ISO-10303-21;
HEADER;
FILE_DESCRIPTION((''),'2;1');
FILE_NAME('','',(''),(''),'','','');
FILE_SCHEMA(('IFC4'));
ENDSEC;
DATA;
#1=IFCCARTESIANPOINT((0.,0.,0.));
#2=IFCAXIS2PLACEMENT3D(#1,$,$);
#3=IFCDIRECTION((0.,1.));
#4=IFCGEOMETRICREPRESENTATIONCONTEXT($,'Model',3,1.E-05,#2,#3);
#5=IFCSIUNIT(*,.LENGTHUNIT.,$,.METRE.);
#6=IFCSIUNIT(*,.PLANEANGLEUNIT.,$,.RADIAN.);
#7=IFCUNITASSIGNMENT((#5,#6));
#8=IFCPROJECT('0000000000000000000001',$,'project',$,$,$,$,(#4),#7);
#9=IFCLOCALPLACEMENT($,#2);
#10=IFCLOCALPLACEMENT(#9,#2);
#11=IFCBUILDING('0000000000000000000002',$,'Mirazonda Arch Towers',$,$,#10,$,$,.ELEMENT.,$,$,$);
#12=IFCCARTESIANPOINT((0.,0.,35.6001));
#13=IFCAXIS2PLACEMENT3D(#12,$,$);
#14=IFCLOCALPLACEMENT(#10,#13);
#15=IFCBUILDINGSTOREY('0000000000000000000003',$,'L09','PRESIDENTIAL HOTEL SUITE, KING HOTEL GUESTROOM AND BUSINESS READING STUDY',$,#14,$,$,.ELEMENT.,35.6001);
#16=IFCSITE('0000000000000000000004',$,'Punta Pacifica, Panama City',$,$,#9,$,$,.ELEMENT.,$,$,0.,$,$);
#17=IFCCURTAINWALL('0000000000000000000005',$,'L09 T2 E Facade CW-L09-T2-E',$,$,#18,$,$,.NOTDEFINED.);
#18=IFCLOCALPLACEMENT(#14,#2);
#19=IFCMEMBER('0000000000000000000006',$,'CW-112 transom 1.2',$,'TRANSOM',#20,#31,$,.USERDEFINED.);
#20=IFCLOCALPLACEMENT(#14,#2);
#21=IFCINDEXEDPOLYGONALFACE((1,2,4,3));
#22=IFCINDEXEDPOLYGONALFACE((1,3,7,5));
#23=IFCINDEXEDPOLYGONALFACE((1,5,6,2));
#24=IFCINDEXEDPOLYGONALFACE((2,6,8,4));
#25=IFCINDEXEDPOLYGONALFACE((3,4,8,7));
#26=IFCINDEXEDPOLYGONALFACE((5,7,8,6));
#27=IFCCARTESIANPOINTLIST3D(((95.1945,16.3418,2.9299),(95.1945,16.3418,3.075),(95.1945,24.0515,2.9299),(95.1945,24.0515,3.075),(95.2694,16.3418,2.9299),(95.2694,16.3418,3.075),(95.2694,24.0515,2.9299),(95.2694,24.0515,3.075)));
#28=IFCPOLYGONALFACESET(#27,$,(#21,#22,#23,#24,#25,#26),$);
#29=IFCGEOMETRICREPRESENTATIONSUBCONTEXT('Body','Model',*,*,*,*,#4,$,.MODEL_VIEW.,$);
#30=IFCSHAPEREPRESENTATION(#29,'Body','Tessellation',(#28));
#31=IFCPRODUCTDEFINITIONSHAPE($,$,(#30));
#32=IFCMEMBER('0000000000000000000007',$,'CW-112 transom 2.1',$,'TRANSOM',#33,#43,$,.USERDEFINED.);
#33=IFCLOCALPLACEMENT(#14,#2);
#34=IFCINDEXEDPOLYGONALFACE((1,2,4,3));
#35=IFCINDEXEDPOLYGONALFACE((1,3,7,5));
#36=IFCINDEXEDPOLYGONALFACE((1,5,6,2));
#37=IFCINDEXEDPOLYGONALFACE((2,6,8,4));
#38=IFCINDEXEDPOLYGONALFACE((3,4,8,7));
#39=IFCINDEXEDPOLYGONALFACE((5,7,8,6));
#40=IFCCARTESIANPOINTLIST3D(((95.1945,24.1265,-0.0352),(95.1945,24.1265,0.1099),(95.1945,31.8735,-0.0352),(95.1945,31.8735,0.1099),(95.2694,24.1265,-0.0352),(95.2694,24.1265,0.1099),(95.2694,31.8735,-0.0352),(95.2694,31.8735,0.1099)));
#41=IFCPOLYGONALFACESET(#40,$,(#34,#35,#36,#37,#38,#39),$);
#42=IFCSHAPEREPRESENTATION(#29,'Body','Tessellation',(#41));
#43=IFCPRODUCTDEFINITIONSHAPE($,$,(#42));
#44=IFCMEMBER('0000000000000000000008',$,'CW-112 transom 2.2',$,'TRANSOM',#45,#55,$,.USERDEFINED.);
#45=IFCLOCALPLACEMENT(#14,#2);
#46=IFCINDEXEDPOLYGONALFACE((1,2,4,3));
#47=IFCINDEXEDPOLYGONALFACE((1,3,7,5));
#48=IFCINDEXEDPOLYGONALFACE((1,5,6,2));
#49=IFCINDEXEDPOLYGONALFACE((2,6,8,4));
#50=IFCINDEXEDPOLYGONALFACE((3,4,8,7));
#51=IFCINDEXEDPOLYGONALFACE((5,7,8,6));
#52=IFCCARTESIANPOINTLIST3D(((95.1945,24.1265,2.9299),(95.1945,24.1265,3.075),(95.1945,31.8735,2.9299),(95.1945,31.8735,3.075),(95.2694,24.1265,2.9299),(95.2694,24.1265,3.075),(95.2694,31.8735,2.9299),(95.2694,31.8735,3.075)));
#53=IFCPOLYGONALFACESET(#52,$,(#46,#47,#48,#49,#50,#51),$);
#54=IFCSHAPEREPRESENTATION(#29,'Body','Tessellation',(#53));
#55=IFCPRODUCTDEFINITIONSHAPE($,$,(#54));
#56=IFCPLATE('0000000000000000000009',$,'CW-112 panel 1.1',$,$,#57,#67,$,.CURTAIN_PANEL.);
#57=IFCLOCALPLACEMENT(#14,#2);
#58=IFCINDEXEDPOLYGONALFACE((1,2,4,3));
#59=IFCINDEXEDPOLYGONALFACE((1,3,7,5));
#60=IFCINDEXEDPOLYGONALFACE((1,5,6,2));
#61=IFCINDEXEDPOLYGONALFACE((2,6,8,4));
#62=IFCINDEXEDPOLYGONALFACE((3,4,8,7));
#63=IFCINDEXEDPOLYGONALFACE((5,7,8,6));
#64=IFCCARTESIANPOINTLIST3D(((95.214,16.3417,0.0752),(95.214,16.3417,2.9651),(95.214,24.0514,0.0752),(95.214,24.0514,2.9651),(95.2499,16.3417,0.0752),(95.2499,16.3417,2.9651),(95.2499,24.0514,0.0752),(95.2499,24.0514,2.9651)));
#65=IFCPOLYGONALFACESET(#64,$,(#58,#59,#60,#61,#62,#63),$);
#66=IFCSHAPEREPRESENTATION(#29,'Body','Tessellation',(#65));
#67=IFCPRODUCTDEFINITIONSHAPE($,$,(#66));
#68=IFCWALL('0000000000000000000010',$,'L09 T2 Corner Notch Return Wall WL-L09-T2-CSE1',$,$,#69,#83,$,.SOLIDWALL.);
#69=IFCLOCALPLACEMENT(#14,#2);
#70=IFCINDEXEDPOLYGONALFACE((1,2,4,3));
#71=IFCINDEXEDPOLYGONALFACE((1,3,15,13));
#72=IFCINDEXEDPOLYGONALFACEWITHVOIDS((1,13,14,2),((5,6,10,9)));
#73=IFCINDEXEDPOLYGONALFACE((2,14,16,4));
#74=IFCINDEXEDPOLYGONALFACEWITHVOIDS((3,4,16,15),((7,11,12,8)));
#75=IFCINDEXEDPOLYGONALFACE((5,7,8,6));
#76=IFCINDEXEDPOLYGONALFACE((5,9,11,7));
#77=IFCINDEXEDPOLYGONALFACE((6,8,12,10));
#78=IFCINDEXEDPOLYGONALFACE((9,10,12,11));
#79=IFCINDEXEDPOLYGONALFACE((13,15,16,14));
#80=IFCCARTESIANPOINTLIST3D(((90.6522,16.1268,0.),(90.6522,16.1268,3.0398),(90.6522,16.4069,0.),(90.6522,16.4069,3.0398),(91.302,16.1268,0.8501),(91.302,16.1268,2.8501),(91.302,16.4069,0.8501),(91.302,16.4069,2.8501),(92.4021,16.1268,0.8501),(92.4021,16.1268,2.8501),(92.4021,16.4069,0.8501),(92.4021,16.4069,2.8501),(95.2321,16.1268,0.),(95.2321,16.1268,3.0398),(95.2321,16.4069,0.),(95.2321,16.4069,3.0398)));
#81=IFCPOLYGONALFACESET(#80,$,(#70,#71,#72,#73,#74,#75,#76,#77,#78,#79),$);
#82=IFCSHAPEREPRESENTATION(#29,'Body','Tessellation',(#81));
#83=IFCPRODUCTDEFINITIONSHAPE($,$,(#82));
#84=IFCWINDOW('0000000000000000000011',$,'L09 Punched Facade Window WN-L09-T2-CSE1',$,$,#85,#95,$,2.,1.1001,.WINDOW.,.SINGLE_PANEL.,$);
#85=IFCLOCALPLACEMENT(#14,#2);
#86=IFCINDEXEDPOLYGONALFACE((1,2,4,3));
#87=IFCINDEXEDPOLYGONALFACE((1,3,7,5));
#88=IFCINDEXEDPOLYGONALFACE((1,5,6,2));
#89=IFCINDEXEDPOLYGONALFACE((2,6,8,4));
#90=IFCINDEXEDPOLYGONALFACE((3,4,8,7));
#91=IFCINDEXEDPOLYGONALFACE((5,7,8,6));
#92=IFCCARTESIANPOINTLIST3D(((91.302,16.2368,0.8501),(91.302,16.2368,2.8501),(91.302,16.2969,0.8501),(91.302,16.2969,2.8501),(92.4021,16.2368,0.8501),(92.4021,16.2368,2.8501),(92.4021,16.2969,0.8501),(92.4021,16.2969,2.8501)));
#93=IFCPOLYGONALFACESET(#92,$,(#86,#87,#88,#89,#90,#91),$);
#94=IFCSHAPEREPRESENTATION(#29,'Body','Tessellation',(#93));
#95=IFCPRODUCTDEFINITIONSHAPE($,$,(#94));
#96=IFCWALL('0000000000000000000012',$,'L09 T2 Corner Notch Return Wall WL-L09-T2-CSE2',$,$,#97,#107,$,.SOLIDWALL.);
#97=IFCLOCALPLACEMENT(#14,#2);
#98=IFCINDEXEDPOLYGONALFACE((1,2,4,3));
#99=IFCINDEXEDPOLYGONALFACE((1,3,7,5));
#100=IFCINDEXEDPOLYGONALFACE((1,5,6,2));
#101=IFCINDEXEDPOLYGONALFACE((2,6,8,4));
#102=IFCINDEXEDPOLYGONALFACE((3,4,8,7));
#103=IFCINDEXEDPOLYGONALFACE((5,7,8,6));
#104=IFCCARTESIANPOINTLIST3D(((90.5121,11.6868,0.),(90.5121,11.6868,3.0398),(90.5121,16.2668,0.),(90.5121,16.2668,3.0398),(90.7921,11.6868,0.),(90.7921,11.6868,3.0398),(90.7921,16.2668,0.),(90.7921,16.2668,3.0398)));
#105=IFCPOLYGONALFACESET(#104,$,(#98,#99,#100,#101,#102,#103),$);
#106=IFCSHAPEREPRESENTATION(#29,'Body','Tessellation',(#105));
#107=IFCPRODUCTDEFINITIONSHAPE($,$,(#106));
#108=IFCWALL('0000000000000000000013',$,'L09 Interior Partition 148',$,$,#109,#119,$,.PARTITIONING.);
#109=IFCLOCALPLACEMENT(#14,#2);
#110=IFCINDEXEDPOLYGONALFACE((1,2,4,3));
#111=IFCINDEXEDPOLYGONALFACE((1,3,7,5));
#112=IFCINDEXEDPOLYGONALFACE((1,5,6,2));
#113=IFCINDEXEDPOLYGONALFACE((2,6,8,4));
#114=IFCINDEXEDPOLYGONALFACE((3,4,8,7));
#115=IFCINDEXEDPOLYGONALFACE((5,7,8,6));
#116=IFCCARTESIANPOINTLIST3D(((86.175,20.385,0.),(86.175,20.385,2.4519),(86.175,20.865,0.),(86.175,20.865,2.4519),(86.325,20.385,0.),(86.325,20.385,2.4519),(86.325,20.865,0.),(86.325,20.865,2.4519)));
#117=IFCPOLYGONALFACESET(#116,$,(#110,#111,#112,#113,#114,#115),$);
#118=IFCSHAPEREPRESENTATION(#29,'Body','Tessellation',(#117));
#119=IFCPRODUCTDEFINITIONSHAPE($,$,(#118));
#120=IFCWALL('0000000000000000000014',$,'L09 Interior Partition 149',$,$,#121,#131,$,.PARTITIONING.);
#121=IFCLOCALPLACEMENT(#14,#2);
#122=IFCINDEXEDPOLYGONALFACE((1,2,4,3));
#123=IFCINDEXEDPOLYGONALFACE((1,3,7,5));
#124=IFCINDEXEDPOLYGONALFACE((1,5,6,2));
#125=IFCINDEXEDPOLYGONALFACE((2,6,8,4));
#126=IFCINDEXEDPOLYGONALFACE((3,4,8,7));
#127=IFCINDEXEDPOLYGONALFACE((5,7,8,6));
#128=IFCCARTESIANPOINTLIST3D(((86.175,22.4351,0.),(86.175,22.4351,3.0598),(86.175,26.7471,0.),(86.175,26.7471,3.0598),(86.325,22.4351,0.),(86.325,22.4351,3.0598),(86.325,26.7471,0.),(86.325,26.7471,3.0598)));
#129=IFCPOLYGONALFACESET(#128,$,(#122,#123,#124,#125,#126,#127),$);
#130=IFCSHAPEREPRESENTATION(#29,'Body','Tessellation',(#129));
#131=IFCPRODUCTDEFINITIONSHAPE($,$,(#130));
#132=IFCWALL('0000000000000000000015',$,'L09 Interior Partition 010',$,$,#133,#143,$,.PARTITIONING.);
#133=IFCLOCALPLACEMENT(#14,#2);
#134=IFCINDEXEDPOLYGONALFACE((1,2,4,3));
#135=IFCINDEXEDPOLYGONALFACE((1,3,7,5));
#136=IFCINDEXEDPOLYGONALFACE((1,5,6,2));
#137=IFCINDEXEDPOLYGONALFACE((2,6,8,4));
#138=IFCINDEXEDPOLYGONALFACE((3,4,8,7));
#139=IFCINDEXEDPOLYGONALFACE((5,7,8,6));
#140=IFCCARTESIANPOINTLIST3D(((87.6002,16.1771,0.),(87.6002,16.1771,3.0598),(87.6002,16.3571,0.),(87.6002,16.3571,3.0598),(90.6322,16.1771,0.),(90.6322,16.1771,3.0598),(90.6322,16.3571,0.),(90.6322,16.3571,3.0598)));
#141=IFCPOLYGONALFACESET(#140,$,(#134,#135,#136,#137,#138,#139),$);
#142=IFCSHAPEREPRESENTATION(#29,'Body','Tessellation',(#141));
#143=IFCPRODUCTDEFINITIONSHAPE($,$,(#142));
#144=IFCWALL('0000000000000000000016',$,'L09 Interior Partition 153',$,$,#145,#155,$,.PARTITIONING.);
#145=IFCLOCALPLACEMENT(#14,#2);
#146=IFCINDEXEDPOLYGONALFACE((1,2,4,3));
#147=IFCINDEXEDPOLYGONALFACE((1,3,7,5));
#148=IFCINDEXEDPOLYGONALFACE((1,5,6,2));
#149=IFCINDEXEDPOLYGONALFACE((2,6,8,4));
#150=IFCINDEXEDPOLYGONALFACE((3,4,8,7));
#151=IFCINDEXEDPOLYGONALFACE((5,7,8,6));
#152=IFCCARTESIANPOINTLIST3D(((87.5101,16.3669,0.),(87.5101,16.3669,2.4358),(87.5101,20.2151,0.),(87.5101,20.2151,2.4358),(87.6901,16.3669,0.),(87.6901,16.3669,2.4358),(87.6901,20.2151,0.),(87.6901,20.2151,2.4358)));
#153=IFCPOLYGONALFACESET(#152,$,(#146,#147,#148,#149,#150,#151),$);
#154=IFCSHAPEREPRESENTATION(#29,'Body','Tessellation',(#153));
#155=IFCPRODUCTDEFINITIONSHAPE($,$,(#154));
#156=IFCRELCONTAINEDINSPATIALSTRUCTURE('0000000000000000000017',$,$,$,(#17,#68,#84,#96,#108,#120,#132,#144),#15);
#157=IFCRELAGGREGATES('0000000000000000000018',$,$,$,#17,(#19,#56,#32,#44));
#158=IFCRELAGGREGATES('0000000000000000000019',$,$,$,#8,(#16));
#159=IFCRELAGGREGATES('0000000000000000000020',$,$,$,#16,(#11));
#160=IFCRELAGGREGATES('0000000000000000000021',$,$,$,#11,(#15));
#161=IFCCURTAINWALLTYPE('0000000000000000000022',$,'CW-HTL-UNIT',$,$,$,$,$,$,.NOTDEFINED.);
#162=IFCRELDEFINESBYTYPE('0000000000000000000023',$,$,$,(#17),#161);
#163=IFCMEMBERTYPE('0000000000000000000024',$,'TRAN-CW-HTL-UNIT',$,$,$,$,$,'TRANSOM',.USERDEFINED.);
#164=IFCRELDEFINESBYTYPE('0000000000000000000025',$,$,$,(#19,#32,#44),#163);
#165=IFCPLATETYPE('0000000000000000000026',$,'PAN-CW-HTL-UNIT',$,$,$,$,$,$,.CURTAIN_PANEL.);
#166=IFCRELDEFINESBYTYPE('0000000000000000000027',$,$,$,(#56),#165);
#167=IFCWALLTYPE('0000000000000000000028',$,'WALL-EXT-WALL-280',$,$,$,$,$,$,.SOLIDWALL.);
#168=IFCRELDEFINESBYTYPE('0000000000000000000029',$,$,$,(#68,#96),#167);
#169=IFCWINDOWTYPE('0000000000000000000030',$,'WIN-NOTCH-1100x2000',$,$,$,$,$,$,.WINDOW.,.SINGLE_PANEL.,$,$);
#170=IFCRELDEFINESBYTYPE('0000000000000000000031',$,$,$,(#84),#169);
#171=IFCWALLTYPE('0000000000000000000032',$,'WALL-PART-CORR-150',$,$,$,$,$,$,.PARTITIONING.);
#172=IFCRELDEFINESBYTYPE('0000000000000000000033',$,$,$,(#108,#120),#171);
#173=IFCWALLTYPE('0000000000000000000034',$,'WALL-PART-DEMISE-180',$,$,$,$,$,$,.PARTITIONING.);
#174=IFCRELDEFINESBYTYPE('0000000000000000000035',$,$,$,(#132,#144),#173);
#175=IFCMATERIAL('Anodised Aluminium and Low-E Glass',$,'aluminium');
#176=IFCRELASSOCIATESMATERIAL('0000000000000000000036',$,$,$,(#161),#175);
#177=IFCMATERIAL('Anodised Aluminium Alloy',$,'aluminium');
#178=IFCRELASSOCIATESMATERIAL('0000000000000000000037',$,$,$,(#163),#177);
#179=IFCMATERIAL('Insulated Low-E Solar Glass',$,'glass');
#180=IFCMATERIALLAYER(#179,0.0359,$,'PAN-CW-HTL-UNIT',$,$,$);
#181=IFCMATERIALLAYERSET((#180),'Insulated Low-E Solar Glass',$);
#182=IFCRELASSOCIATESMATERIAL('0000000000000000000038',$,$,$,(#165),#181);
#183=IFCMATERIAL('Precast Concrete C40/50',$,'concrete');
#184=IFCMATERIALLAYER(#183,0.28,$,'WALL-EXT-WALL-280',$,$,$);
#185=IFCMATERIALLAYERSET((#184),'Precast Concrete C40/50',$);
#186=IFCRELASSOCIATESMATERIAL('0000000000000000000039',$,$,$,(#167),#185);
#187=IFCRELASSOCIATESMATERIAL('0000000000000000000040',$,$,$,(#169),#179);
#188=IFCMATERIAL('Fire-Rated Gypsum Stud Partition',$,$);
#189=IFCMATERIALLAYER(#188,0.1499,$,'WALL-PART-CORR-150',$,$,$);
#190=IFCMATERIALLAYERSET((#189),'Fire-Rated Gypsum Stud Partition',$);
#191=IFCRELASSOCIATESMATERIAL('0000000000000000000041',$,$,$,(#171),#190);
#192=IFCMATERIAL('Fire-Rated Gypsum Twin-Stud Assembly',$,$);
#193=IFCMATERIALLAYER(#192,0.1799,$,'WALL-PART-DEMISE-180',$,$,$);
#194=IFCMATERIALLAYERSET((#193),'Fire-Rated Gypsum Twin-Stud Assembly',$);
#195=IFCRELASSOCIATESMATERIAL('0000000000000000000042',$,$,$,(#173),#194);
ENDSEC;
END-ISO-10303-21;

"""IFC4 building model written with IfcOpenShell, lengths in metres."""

from ifc_helpers import new_model, si_unit, direction, frame, frame_2d, origin, origin_2d, place, context, subcontext, project, spatial, rectangle, extrude, material, layer, layer_set, material_profile, profile_set, type_object, element, fill, aggregate, save


model = new_model("IFC4")

# Units and contexts
model_context = context("Model", 3, precision=1e-05, world=origin(), true_north=direction((0.0, 1.0)))
body_context = subcontext(model_context, "Body", "Model", "MODEL_VIEW")
ifc_project = project(units=[si_unit("LENGTHUNIT", "METRE"), si_unit("PLANEANGLEUNIT", "RADIAN")], contexts=[model_context])

# Site, building, storey
site_placement = place(None, origin())
site = spatial("IfcSite", under=ifc_project, at=site_placement, Name="Punta Pacifica, Panama City", CompositionType="ELEMENT", RefElevation=0.0)
building_placement = place(site_placement, origin())
building = spatial("IfcBuilding", under=site, at=building_placement, Name="Mirazonda Arch Towers", CompositionType="ELEMENT")
storey_placement = place(building_placement, frame((0.0, 0.0, 35.6001)))
storey = spatial("IfcBuildingStorey", under=building, at=storey_placement, Name="L09", Description="PRESIDENTIAL HOTEL SUITE, KING HOTEL GUESTROOM AND BUSINESS READING STUDY", CompositionType="ELEMENT", Elevation=35.6001)

# Shared definitions
ifc_material_1 = material(Name="Anodised Aluminium and Low-E Glass", Category="aluminium")
curtain_wall_type = type_object("IfcCurtainWallType", Name="CW-HTL-UNIT", PredefinedType="NOTDEFINED", material=ifc_material_1)
ifc_material_2 = material(Name="Anodised Aluminium Alloy", Category="aluminium")

# Curtain wall
curtain_wall_1_placement = place(storey_placement, origin())
curtain_wall_1 = element("IfcCurtainWall", 1, at=curtain_wall_1_placement, inside=storey, type_object=curtain_wall_type, Name="L09 T2 E Facade CW-L09-T2-E", PredefinedType="NOTDEFINED")

# Members
ifc_material_profile_1 = material_profile(ifc_material_2, rectangle(XDim=0.075, YDim=0.145, at=origin_2d()), Name="ALU-TRAN-75x145")
ifc_profile_set_1 = profile_set([ifc_material_profile_1], Name="Anodised Aluminium Alloy")
member_type_1 = type_object("IfcMemberType", Name="TRAN-CW-HTL-UNIT", ElementType="TRANSOM", PredefinedType="USERDEFINED", material=ifc_profile_set_1)
member_1_placement = place(storey_placement, frame((95.2319, 16.3418, 3.0024), z_axis=(0.0, 1.0, 0.0), x_axis=(-1.0, 0.0, 0.0)))
member_1 = element("IfcMember", 2, at=member_1_placement, type_object=member_type_1, Name="CW-112 transom 1.2", ObjectType="TRANSOM", PredefinedType="USERDEFINED", context=body_context, shape_type="SweptSolid", body=[
    extrude(rectangle(XDim=0.075, YDim=0.145, at=origin_2d()), origin(), (0.0, 0.0, 1.0), 7.7097),
])
member_2_placement = place(storey_placement, frame((95.2319, 24.1265, 0.0374), z_axis=(0.0, 1.0, 0.0), x_axis=(-1.0, 0.0, 0.0)))
member_2 = element("IfcMember", 3, at=member_2_placement, type_object=member_type_1, Name="CW-112 transom 2.1", ObjectType="TRANSOM", PredefinedType="USERDEFINED", context=body_context, shape_type="SweptSolid", body=[
    extrude(rectangle(XDim=0.075, YDim=0.145, at=origin_2d()), origin(), (0.0, 0.0, 1.0), 7.7471),
])
member_3_placement = place(storey_placement, frame((95.2319, 24.1265, 3.0024), z_axis=(0.0, 1.0, 0.0), x_axis=(-1.0, 0.0, 0.0)))
member_3 = element("IfcMember", 4, at=member_3_placement, type_object=member_type_1, Name="CW-112 transom 2.2", ObjectType="TRANSOM", PredefinedType="USERDEFINED", context=body_context, shape_type="SweptSolid", body=[
    extrude(rectangle(XDim=0.075, YDim=0.145, at=origin_2d()), origin(), (0.0, 0.0, 1.0), 7.7471),
])

# Plate
ifc_material_3 = material(Name="Insulated Low-E Solar Glass", Category="glass")
ifc_layer_1 = layer(ifc_material_3, 0.0359, Name="PAN-CW-HTL-UNIT")
ifc_layer_set_1 = layer_set([ifc_layer_1], Name="Insulated Low-E Solar Glass")
plate_type = type_object("IfcPlateType", Name="PAN-CW-HTL-UNIT", PredefinedType="CURTAIN_PANEL", material=ifc_layer_set_1)
plate_placement = place(storey_placement, frame((95.2319, 20.1965, 0.0752), z_axis=(0.0, 0.0, 1.0), x_axis=(0.0, 1.0, 0.0)))
plate = element("IfcPlate", 5, at=plate_placement, type_object=plate_type, Name="CW-112 panel 1.1", PredefinedType="CURTAIN_PANEL", context=body_context, shape_type="SweptSolid", body=[
    extrude(rectangle(XDim=7.7097, YDim=0.0359, at=origin_2d()), origin(), (0.0, 0.0, 1.0), 2.8899),
])
aggregate(curtain_wall_1, [member_1, plate, member_2, member_3])

# Wall, opening, window
ifc_material_4 = material(Name="Precast Concrete C40/50", Category="concrete")
ifc_layer_2 = layer(ifc_material_4, 0.28, Name="WALL-EXT-WALL-280")
ifc_layer_set_2 = layer_set([ifc_layer_2], Name="Precast Concrete C40/50")
wall_type_1 = type_object("IfcWallType", Name="WALL-EXT-WALL-280", PredefinedType="SOLIDWALL", material=ifc_layer_set_2)
wall_1_placement = place(storey_placement, frame((90.6521, 16.2668, 0.0), z_axis=(0.0, 0.0, 1.0), x_axis=(1.0, 0.0, 0.0)))
wall_1 = element("IfcWall", 6, at=wall_1_placement, inside=storey, type_object=wall_type_1, Name="L09 T2 Corner Notch Return Wall WL-L09-T2-CSE1", PredefinedType="SOLIDWALL", context=body_context, shape_type="SweptSolid", body=[
    extrude(rectangle(XDim=4.5798, YDim=0.28, at=frame_2d((2.29, 0.0))), origin(), (0.0, 0.0, 1.0), 3.0398),
])
opening_1_placement = place(wall_1_placement, frame((0.6499, 0.0, 0.8501)))
opening_1 = element("IfcOpeningElement", 7, at=opening_1_placement, cuts=wall_1, PredefinedType="OPENING", context=body_context, shape_type="SweptSolid", body=[
    extrude(rectangle(XDim=1.1001, YDim=2.0, at=frame_2d((0.55, 1.0))), frame((0.0, 0.1499, 0.0), z_axis=(0.0, -1.0, 0.0), x_axis=(1.0, 0.0, 0.0)), (0.0, 0.0, 1.0), 0.3),
])
window_type = type_object("IfcWindowType", Name="WIN-NOTCH-1100x2000", PartitioningType="SINGLE_PANEL", PredefinedType="WINDOW", material=ifc_material_3)
window_placement = place(opening_1_placement, origin())
window = element("IfcWindow", 8, at=window_placement, inside=storey, type_object=window_type, Name="L09 Punched Facade Window WN-L09-T2-CSE1", OverallHeight=2.0, OverallWidth=1.1001, PartitioningType="SINGLE_PANEL", PredefinedType="WINDOW", context=body_context, shape_type="SweptSolid", body=[
    extrude(rectangle(XDim=1.1001, YDim=2.0, at=frame_2d((0.55, 1.0))), frame((0.0, 0.03, 0.0), z_axis=(0.0, -1.0, 0.0), x_axis=(1.0, 0.0, 0.0)), (0.0, 0.0, 1.0), 0.0601),
])
fill(opening_1, window)

# Walls
wall_2_placement = place(storey_placement, frame((90.6521, 11.6868, 0.0), z_axis=(0.0, 0.0, 1.0), x_axis=(0.0, 1.0, 0.0)))
element("IfcWall", 9, at=wall_2_placement, inside=storey, type_object=wall_type_1, Name="L09 T2 Corner Notch Return Wall WL-L09-T2-CSE2", PredefinedType="SOLIDWALL", context=body_context, shape_type="SweptSolid", body=[
    extrude(rectangle(XDim=4.5801, YDim=0.28, at=frame_2d((2.29, 0.0))), origin(), (0.0, 0.0, 1.0), 3.0398),
])
ifc_material_5 = material(Name="Fire-Rated Gypsum Stud Partition")
ifc_layer_3 = layer(ifc_material_5, 0.1499, Name="WALL-PART-CORR-150")
ifc_layer_set_3 = layer_set([ifc_layer_3], Name="Fire-Rated Gypsum Stud Partition")
wall_type_2 = type_object("IfcWallType", Name="WALL-PART-CORR-150", PredefinedType="PARTITIONING", material=ifc_layer_set_3)
wall_3_placement = place(storey_placement, frame((86.25, 20.385, 0.0), z_axis=(0.0, 0.0, 1.0), x_axis=(0.0, 1.0, 0.0)))
element("IfcWall", 10, at=wall_3_placement, inside=storey, type_object=wall_type_2, Name="L09 Interior Partition 148", PredefinedType="PARTITIONING", context=body_context, shape_type="SweptSolid", body=[
    extrude(rectangle(XDim=0.48, YDim=0.1499, at=frame_2d((0.24, 0.0))), origin(), (0.0, 0.0, 1.0), 2.4519),
])
wall_4_placement = place(storey_placement, frame((86.25, 22.4351, 0.0), z_axis=(0.0, 0.0, 1.0), x_axis=(0.0, 1.0, 0.0)))
element("IfcWall", 11, at=wall_4_placement, inside=storey, type_object=wall_type_2, Name="L09 Interior Partition 149", PredefinedType="PARTITIONING", context=body_context, shape_type="SweptSolid", body=[
    extrude(rectangle(XDim=4.312, YDim=0.1499, at=frame_2d((2.156, 0.0))), origin(), (0.0, 0.0, 1.0), 3.0598),
])
ifc_material_6 = material(Name="Fire-Rated Gypsum Twin-Stud Assembly")
ifc_layer_4 = layer(ifc_material_6, 0.1799, Name="WALL-PART-DEMISE-180")
ifc_layer_set_4 = layer_set([ifc_layer_4], Name="Fire-Rated Gypsum Twin-Stud Assembly")
wall_type_3 = type_object("IfcWallType", Name="WALL-PART-DEMISE-180", PredefinedType="PARTITIONING", material=ifc_layer_set_4)
wall_5_placement = place(storey_placement, frame((87.6001, 16.2671, 0.0), z_axis=(0.0, 0.0, 1.0), x_axis=(1.0, 0.0, 0.0)))
element("IfcWall", 12, at=wall_5_placement, inside=storey, type_object=wall_type_3, Name="L09 Interior Partition 010", PredefinedType="PARTITIONING", context=body_context, shape_type="SweptSolid", body=[
    extrude(rectangle(XDim=3.032, YDim=0.1799, at=frame_2d((1.5161, 0.0))), origin(), (0.0, 0.0, 1.0), 3.0598),
])

# Wall
wall_6_placement = place(storey_placement, frame((87.6001, 16.3669, 0.0), z_axis=(0.0, 0.0, 1.0), x_axis=(0.0, 1.0, 0.0)))
element("IfcWall", 13, at=wall_6_placement, inside=storey, type_object=wall_type_3, Name="L09 Interior Partition 153", PredefinedType="PARTITIONING", context=body_context, shape_type="SweptSolid", body=[
    extrude(rectangle(XDim=3.8481, YDim=0.1799, at=frame_2d((1.9241, 0.0))), origin(), (0.0, 0.0, 1.0), 2.4358),
])

save(model, "model.ifc")
